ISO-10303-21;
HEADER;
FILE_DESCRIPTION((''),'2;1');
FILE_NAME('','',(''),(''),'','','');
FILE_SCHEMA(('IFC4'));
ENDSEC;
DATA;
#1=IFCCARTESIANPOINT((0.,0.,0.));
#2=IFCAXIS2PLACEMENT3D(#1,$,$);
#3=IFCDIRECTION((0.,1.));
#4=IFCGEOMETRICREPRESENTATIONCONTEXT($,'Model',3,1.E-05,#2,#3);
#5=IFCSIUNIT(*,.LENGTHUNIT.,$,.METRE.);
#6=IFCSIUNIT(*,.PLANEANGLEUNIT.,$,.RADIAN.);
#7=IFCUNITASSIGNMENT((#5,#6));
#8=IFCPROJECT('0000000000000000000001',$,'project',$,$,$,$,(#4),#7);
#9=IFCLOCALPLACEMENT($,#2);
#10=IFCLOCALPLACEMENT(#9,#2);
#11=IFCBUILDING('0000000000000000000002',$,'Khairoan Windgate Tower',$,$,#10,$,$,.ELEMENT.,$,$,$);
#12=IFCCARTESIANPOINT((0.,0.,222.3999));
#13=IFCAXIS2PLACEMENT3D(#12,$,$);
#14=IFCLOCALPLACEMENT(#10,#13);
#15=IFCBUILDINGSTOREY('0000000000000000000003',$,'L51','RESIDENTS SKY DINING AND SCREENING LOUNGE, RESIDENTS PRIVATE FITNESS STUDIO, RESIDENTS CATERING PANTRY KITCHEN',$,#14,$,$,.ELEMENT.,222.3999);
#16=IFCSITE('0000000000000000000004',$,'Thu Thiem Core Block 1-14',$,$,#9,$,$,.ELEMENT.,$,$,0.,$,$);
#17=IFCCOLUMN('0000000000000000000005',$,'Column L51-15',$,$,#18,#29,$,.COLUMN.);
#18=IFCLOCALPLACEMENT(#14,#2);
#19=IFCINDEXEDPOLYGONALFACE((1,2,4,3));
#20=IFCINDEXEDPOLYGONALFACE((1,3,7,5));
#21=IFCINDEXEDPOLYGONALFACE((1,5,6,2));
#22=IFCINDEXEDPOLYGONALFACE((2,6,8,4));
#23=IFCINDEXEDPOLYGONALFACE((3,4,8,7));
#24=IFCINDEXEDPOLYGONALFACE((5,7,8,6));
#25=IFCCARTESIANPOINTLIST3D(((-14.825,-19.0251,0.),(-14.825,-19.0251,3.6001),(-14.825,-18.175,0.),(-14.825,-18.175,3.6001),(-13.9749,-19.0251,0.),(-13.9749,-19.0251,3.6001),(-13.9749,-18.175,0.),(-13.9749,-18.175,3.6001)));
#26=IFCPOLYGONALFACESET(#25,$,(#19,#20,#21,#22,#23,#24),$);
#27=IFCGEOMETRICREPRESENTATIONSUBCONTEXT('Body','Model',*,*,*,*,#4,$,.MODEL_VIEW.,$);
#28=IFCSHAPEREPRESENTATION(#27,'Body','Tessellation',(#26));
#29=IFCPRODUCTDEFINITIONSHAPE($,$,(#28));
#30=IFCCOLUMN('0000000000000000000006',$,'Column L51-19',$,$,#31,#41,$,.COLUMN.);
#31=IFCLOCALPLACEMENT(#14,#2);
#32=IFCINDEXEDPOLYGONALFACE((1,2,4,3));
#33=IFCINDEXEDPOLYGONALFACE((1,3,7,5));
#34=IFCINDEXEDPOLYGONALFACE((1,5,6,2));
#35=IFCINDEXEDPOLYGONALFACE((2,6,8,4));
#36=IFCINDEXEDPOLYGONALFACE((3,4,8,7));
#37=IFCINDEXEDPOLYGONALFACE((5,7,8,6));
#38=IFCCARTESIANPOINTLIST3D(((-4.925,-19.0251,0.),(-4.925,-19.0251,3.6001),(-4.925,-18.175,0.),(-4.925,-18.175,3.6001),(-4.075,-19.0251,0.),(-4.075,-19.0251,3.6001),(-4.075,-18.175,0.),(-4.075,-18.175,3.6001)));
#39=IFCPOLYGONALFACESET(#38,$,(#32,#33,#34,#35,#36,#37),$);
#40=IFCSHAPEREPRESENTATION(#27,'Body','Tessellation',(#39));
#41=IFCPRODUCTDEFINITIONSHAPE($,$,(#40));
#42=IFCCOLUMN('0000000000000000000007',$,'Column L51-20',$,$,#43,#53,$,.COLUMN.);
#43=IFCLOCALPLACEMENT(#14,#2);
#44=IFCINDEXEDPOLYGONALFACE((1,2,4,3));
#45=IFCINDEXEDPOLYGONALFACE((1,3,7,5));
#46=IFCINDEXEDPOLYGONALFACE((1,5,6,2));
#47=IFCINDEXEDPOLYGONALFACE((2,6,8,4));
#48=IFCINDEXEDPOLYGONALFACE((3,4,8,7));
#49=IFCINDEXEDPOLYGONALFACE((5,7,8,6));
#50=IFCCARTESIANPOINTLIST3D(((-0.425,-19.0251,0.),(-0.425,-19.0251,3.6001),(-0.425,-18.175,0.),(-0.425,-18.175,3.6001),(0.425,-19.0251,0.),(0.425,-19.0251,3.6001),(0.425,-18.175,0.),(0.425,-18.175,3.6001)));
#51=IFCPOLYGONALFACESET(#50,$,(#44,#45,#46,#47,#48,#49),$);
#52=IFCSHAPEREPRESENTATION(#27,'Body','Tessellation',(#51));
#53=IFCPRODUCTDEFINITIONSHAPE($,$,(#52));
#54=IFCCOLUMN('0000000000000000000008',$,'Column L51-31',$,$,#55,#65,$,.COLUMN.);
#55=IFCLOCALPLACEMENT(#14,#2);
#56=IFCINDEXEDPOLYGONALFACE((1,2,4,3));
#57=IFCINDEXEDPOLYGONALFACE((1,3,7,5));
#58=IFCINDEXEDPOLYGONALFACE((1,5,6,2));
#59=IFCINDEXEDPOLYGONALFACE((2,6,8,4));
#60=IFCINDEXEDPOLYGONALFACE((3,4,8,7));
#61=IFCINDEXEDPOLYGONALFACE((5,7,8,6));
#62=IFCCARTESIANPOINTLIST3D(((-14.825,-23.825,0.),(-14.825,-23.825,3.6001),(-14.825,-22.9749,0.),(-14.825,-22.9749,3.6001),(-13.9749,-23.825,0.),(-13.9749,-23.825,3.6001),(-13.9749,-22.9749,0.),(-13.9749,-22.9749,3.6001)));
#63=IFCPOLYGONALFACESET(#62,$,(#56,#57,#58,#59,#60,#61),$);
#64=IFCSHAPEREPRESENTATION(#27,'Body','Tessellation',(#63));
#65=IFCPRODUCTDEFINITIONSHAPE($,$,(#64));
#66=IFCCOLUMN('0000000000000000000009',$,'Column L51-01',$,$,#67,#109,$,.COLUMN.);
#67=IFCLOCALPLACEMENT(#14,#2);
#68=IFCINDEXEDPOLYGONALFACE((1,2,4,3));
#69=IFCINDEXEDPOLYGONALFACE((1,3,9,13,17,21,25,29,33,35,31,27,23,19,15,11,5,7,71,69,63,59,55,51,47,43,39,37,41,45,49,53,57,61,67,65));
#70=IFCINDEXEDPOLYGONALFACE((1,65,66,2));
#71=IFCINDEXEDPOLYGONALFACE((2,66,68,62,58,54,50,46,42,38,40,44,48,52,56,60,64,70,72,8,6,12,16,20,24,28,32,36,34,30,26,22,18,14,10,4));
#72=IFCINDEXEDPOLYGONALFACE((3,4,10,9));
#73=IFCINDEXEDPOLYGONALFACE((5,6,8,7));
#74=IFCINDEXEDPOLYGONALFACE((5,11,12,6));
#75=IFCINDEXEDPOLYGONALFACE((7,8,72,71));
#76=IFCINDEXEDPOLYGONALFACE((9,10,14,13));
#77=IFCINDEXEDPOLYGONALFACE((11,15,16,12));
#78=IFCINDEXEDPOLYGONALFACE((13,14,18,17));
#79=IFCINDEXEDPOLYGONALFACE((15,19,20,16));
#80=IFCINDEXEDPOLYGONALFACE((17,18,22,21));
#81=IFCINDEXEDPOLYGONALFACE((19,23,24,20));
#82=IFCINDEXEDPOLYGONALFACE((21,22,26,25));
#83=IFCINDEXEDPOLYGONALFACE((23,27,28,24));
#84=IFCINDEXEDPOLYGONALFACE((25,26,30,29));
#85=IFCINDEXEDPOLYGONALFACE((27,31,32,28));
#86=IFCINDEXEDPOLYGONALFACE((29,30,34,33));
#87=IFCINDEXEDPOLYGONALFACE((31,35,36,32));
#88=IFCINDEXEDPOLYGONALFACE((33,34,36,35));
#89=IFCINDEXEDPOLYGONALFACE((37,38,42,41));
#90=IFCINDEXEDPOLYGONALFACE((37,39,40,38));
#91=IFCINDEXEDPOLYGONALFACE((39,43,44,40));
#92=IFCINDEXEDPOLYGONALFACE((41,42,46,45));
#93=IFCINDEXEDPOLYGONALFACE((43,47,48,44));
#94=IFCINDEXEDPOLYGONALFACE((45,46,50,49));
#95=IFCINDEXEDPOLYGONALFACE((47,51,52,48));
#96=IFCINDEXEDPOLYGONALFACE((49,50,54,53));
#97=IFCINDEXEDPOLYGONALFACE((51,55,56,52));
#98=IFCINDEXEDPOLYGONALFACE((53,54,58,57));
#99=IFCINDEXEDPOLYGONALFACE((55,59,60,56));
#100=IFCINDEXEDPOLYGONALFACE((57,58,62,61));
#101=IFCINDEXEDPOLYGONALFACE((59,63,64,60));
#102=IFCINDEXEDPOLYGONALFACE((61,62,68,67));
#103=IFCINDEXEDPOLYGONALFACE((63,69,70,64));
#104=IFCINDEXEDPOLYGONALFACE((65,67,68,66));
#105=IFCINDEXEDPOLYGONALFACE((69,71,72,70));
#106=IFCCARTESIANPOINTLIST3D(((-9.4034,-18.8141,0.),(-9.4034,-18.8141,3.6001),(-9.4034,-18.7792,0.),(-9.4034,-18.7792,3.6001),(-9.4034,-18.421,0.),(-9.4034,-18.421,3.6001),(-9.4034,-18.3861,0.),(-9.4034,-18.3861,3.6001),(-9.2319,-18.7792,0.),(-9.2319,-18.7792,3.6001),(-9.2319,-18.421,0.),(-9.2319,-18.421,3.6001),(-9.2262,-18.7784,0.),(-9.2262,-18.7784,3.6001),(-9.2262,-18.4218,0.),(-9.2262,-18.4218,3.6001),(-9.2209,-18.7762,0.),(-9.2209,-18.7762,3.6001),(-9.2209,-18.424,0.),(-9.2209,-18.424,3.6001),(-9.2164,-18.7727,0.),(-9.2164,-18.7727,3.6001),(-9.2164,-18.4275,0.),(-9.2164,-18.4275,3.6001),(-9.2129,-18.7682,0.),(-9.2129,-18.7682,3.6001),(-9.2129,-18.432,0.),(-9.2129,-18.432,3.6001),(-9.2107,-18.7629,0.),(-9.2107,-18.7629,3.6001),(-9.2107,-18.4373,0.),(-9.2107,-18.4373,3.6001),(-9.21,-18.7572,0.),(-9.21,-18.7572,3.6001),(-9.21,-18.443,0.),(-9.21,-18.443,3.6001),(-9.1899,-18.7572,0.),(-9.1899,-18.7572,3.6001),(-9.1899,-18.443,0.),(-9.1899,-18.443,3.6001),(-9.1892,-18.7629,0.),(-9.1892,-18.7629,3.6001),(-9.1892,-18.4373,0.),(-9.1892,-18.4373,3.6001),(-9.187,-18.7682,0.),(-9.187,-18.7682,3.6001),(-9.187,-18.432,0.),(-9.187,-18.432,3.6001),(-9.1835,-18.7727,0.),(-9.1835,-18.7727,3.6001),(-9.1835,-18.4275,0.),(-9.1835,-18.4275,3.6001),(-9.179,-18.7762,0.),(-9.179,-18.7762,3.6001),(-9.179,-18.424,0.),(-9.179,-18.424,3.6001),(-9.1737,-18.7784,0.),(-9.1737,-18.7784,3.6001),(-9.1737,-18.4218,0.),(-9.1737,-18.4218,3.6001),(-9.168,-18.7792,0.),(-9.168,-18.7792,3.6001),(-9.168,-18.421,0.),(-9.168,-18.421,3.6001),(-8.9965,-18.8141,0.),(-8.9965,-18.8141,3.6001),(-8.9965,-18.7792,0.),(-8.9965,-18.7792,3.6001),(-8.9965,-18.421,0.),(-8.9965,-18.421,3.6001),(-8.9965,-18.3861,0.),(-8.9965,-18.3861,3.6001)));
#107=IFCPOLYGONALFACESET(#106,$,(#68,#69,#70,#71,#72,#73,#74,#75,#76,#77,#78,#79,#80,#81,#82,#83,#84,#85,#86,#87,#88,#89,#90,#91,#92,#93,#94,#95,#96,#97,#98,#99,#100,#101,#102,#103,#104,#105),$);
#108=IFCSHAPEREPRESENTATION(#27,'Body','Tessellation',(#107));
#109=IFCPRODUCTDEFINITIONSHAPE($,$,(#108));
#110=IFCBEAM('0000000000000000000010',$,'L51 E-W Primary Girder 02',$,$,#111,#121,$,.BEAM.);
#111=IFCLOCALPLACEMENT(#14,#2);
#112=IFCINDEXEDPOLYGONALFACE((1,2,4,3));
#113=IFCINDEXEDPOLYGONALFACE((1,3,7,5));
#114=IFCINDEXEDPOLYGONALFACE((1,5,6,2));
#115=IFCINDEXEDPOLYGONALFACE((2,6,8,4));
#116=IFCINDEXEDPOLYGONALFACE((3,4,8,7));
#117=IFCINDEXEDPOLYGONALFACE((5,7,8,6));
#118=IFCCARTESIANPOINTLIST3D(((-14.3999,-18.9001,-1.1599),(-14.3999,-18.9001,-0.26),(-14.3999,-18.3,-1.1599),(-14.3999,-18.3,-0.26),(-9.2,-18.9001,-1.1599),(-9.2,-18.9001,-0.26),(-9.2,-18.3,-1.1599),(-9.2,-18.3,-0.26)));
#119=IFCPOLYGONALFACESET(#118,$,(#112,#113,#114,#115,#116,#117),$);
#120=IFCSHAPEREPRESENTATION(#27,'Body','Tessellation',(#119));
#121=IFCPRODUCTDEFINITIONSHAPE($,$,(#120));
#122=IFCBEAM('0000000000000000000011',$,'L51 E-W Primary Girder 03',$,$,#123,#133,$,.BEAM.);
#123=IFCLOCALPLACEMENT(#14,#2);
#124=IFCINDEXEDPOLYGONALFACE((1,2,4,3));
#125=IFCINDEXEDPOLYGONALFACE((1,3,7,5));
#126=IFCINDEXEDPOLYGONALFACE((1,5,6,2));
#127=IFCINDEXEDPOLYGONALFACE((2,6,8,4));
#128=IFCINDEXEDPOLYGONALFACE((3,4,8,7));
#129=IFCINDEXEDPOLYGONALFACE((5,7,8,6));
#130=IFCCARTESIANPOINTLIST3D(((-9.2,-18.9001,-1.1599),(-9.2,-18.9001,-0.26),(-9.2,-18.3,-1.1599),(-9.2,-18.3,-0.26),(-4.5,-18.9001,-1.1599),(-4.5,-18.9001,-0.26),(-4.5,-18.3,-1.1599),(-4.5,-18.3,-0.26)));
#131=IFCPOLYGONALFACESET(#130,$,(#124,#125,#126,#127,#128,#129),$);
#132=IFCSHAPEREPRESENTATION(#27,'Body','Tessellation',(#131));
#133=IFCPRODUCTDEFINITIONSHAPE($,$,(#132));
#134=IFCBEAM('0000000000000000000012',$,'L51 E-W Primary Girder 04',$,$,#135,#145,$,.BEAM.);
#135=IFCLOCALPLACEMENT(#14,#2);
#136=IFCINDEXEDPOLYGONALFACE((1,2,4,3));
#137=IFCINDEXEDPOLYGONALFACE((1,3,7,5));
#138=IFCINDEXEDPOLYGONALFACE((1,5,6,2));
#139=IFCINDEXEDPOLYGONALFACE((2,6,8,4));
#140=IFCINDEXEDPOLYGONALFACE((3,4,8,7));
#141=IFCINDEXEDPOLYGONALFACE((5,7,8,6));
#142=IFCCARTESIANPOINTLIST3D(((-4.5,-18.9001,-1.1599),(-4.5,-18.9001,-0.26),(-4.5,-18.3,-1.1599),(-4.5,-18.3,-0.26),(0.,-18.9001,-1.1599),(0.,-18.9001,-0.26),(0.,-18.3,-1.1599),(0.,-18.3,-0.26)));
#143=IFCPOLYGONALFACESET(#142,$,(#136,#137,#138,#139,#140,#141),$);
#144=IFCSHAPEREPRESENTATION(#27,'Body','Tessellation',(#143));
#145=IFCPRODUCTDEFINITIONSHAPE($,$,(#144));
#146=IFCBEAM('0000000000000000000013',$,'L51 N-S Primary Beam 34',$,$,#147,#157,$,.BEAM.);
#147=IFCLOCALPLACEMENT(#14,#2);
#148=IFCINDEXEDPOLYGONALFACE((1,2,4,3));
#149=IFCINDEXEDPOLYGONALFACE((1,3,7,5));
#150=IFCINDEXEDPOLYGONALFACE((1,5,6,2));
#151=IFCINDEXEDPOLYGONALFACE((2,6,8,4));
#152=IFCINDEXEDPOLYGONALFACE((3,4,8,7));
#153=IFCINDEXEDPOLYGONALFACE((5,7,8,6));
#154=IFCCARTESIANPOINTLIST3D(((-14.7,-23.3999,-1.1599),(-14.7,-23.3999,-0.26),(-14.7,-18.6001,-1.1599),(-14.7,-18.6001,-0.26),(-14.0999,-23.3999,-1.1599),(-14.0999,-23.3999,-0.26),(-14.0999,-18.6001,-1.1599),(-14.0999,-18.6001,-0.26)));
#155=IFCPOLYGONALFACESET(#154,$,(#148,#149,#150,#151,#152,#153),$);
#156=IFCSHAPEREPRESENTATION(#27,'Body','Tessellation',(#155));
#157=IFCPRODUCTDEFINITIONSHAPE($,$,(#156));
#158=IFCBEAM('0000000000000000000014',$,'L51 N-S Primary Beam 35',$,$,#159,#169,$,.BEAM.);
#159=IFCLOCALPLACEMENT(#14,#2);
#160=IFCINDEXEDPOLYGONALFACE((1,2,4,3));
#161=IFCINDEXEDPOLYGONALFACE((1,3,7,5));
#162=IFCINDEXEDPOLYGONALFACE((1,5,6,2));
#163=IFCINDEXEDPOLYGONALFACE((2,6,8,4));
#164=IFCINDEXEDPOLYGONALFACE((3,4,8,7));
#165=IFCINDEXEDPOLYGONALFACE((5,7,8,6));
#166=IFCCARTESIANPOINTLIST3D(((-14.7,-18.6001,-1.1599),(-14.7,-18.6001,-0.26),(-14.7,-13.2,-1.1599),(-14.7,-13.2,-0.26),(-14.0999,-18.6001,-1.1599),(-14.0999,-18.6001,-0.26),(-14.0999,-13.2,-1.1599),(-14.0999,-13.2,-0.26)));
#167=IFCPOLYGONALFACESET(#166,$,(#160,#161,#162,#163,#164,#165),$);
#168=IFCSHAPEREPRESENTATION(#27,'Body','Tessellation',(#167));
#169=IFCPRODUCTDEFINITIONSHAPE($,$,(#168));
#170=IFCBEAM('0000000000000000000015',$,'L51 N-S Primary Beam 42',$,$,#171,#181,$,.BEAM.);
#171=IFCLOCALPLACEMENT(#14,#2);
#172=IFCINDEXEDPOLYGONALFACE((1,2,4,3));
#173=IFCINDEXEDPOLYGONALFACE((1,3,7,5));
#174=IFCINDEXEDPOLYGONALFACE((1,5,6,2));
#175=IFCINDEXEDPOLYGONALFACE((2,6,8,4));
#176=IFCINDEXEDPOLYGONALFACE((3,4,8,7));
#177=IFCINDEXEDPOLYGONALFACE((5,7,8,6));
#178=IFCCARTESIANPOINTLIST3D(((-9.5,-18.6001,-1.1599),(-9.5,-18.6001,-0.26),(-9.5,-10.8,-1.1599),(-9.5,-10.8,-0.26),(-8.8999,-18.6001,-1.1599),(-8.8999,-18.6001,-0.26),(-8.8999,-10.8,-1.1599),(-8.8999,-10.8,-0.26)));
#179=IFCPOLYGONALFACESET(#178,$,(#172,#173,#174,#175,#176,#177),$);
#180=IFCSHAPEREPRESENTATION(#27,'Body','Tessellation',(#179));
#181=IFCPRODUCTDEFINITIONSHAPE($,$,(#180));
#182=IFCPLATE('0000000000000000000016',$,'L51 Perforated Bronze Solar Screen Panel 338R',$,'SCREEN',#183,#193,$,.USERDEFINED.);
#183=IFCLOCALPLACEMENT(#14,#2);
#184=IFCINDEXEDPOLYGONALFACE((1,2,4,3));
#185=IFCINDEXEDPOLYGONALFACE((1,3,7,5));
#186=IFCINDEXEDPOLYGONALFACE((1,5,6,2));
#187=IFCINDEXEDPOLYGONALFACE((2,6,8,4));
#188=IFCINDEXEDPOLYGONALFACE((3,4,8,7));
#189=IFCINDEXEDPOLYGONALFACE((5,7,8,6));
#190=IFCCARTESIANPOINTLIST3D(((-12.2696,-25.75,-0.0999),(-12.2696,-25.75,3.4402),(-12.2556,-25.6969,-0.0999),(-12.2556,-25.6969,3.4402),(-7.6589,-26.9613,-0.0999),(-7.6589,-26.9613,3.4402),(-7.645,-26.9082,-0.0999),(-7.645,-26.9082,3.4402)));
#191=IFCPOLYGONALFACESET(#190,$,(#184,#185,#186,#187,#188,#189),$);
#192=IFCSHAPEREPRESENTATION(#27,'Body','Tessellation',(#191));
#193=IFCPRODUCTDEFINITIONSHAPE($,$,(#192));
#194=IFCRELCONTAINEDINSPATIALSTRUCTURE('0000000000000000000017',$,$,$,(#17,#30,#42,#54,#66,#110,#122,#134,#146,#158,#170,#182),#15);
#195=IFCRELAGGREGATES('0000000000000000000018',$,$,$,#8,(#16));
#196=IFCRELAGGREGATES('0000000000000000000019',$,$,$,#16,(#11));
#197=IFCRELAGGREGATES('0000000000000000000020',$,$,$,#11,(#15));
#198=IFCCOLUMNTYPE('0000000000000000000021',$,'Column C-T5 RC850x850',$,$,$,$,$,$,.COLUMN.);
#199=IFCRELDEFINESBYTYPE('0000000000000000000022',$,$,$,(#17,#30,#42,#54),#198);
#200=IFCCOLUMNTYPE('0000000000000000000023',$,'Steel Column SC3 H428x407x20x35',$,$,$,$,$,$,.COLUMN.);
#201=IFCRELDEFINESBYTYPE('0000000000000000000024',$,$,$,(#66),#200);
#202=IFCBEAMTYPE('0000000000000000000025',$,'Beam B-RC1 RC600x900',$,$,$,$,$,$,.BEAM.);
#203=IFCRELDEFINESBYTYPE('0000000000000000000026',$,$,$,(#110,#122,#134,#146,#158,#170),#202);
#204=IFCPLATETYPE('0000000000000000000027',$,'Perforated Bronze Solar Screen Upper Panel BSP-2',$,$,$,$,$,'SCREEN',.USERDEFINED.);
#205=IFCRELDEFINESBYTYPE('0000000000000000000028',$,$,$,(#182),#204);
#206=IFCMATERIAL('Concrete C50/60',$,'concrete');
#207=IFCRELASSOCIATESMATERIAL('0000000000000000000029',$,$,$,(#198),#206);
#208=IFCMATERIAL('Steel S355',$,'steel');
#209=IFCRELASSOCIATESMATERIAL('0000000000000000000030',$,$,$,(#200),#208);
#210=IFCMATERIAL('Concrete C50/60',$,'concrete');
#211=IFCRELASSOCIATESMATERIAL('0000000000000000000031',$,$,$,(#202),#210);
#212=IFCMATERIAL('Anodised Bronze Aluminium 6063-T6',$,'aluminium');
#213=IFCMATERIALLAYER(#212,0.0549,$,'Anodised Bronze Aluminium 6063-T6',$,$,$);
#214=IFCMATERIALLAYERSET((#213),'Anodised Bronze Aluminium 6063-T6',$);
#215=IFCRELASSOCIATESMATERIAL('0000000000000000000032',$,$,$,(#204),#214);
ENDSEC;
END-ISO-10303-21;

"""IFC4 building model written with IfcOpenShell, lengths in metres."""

from ifc_helpers import new_model, si_unit, direction, frame, origin, origin_2d, place, context, subcontext, project, spatial, rectangle, i_section, extrude, material, layer, layer_set, material_profile, profile_set, type_object, element, save


model = new_model("IFC4")

# Units and contexts
model_context = context("Model", 3, precision=1e-05, world=origin(), true_north=direction((0.0, 1.0)))
body_context = subcontext(model_context, "Body", "Model", "MODEL_VIEW")
ifc_project = project(units=[si_unit("LENGTHUNIT", "METRE"), si_unit("PLANEANGLEUNIT", "RADIAN")], contexts=[model_context])

# Site, building, storey
site_placement = place(None, origin())
site = spatial("IfcSite", under=ifc_project, at=site_placement, Name="Thu Thiem Core Block 1-14", CompositionType="ELEMENT", RefElevation=0.0)
building_placement = place(site_placement, origin())
building = spatial("IfcBuilding", under=site, at=building_placement, Name="Khairoan Windgate Tower", CompositionType="ELEMENT")
storey_placement = place(building_placement, frame((0.0, 0.0, 222.3999)))
storey = spatial("IfcBuildingStorey", under=building, at=storey_placement, Name="L51", Description="RESIDENTS SKY DINING AND SCREENING LOUNGE, RESIDENTS PRIVATE FITNESS STUDIO, RESIDENTS CATERING PANTRY KITCHEN", CompositionType="ELEMENT", Elevation=222.3999)

# Columns
ifc_material_1 = material(Name="Concrete C50/60", Category="concrete")
ifc_material_profile_1 = material_profile(ifc_material_1, rectangle(XDim=0.8501, YDim=0.8501, at=origin_2d()))
ifc_profile_set_1 = profile_set([ifc_material_profile_1], Name="Concrete C50/60")
column_type_1 = type_object("IfcColumnType", Name="Column C-T5 RC850x850", PredefinedType="COLUMN", material=ifc_profile_set_1)
for number, where, z_axis, x_axis, name in (
    (1, (-14.3999, -18.6001, 0.0), (0.0, 0.0, 1.0), (1.0, 0.0, 0.0), "Column L51-15"),
    (2, (-4.5, -18.6001, 0.0), (0.0, 0.0, 1.0), (1.0, 0.0, 0.0), "Column L51-19"),
    (3, (0.0, -18.6001, 0.0), (0.0, 0.0, 1.0), (1.0, 0.0, 0.0), "Column L51-20"),
    (4, (-14.3999, -23.3999, 0.0), (0.0, 0.0, 1.0), (1.0, 0.0, 0.0), "Column L51-31"),
):
    element("IfcColumn", number, at=place(storey_placement, frame(where, z_axis=z_axis, x_axis=x_axis)), inside=storey, type_object=column_type_1, Name=name, PredefinedType="COLUMN", context=body_context, shape_type="SweptSolid", body=[
        extrude(rectangle(XDim=0.8501, YDim=0.8501, at=origin_2d()), origin(), (0.0, 0.0, 1.0), 3.6001),
    ])
ifc_material_2 = material(Name="Steel S355", Category="steel")
ifc_material_profile_2 = material_profile(ifc_material_2, i_section(OverallWidth=0.407, OverallDepth=0.428, WebThickness=0.02, FlangeThickness=0.0349, FilletRadius=0.022, at=origin_2d()))
ifc_profile_set_2 = profile_set([ifc_material_profile_2], Name="Steel S355")
column_type_2 = type_object("IfcColumnType", Name="Steel Column SC3 H428x407x20x35", PredefinedType="COLUMN", material=ifc_profile_set_2)
column_placement = place(storey_placement, frame((-9.2, -18.6001, 0.0), z_axis=(0.0, 0.0, 1.0), x_axis=(1.0, 0.0, 0.0)))
element("IfcColumn", 5, at=column_placement, inside=storey, type_object=column_type_2, Name="Column L51-01", PredefinedType="COLUMN", context=body_context, shape_type="SweptSolid", body=[
    extrude(i_section(OverallWidth=0.407, OverallDepth=0.428, WebThickness=0.02, FlangeThickness=0.0349, FilletRadius=0.022, at=origin_2d()), origin(), (0.0, 0.0, 1.0), 3.6001),
])

# Beams
ifc_material_3 = material(Name="Concrete C50/60", Category="concrete")
ifc_material_profile_3 = material_profile(ifc_material_3, rectangle(XDim=0.6001, YDim=0.8999, at=origin_2d()))
ifc_profile_set_3 = profile_set([ifc_material_profile_3], Name="Concrete C50/60")
beam_type = type_object("IfcBeamType", Name="Beam B-RC1 RC600x900", PredefinedType="BEAM", material=ifc_profile_set_3)
beam_1_placement = place(storey_placement, frame((-14.3999, -18.6001, -0.71), z_axis=(1.0, 0.0, 0.0), x_axis=(0.0, 1.0, 0.0)))
element("IfcBeam", 6, at=beam_1_placement, inside=storey, type_object=beam_type, Name="L51 E-W Primary Girder 02", PredefinedType="BEAM", context=body_context, shape_type="SweptSolid", body=[
    extrude(rectangle(XDim=0.6001, YDim=0.8999, at=origin_2d()), origin(), (0.0, 0.0, 1.0), 5.2),
])
beam_2_placement = place(storey_placement, frame((-9.2, -18.6001, -0.71), z_axis=(1.0, 0.0, 0.0), x_axis=(0.0, 1.0, 0.0)))
element("IfcBeam", 7, at=beam_2_placement, inside=storey, type_object=beam_type, Name="L51 E-W Primary Girder 03", PredefinedType="BEAM", context=body_context, shape_type="SweptSolid", body=[
    extrude(rectangle(XDim=0.6001, YDim=0.8999, at=origin_2d()), origin(), (0.0, 0.0, 1.0), 4.7),
])
beam_3_placement = place(storey_placement, frame((-4.5, -18.6001, -0.71), z_axis=(1.0, 0.0, 0.0), x_axis=(0.0, 1.0, 0.0)))
element("IfcBeam", 8, at=beam_3_placement, inside=storey, type_object=beam_type, Name="L51 E-W Primary Girder 04", PredefinedType="BEAM", context=body_context, shape_type="SweptSolid", body=[
    extrude(rectangle(XDim=0.6001, YDim=0.8999, at=origin_2d()), origin(), (0.0, 0.0, 1.0), 4.5),
])
beam_4_placement = place(storey_placement, frame((-14.3999, -23.3999, -0.71), z_axis=(0.0, 1.0, 0.0), x_axis=(-1.0, 0.0, 0.0)))
element("IfcBeam", 9, at=beam_4_placement, inside=storey, type_object=beam_type, Name="L51 N-S Primary Beam 34", PredefinedType="BEAM", context=body_context, shape_type="SweptSolid", body=[
    extrude(rectangle(XDim=0.6001, YDim=0.8999, at=origin_2d()), origin(), (0.0, 0.0, 1.0), 4.7998),
])
beam_5_placement = place(storey_placement, frame((-14.3999, -18.6001, -0.71), z_axis=(0.0, 1.0, 0.0), x_axis=(-1.0, 0.0, 0.0)))
element("IfcBeam", 10, at=beam_5_placement, inside=storey, type_object=beam_type, Name="L51 N-S Primary Beam 35", PredefinedType="BEAM", context=body_context, shape_type="SweptSolid", body=[
    extrude(rectangle(XDim=0.6001, YDim=0.8999, at=origin_2d()), origin(), (0.0, 0.0, 1.0), 5.4001),
])
beam_6_placement = place(storey_placement, frame((-9.2, -18.6001, -0.71), z_axis=(0.0, 1.0, 0.0), x_axis=(-1.0, 0.0, 0.0)))
element("IfcBeam", 11, at=beam_6_placement, inside=storey, type_object=beam_type, Name="L51 N-S Primary Beam 42", PredefinedType="BEAM", context=body_context, shape_type="SweptSolid", body=[
    extrude(rectangle(XDim=0.6001, YDim=0.8999, at=origin_2d()), origin(), (0.0, 0.0, 1.0), 7.8),
])

# Plate
ifc_material_4 = material(Name="Anodised Bronze Aluminium 6063-T6", Category="aluminium")
ifc_layer_1 = layer(ifc_material_4, 0.0549, Name="Anodised Bronze Aluminium 6063-T6")
ifc_layer_set_1 = layer_set([ifc_layer_1], Name="Anodised Bronze Aluminium 6063-T6")
plate_type = type_object("IfcPlateType", Name="Perforated Bronze Solar Screen Upper Panel BSP-2", ElementType="SCREEN", PredefinedType="USERDEFINED", material=ifc_layer_set_1)
plate_placement = place(storey_placement, frame((-9.9573, -26.3291, -0.0999), z_axis=(0.0, 0.0, 1.0), x_axis=(-0.967179, 0.254096, 0.0)))
element("IfcPlate", 12, at=plate_placement, inside=storey, type_object=plate_type, Name="L51 Perforated Bronze Solar Screen Panel 338R", ObjectType="SCREEN", PredefinedType="USERDEFINED", context=body_context, shape_type="SweptSolid", body=[
    extrude(rectangle(XDim=4.7671, YDim=0.0549, at=origin_2d()), origin(), (0.0, 0.0, 1.0), 3.54),
])

save(model, "model.ifc")
